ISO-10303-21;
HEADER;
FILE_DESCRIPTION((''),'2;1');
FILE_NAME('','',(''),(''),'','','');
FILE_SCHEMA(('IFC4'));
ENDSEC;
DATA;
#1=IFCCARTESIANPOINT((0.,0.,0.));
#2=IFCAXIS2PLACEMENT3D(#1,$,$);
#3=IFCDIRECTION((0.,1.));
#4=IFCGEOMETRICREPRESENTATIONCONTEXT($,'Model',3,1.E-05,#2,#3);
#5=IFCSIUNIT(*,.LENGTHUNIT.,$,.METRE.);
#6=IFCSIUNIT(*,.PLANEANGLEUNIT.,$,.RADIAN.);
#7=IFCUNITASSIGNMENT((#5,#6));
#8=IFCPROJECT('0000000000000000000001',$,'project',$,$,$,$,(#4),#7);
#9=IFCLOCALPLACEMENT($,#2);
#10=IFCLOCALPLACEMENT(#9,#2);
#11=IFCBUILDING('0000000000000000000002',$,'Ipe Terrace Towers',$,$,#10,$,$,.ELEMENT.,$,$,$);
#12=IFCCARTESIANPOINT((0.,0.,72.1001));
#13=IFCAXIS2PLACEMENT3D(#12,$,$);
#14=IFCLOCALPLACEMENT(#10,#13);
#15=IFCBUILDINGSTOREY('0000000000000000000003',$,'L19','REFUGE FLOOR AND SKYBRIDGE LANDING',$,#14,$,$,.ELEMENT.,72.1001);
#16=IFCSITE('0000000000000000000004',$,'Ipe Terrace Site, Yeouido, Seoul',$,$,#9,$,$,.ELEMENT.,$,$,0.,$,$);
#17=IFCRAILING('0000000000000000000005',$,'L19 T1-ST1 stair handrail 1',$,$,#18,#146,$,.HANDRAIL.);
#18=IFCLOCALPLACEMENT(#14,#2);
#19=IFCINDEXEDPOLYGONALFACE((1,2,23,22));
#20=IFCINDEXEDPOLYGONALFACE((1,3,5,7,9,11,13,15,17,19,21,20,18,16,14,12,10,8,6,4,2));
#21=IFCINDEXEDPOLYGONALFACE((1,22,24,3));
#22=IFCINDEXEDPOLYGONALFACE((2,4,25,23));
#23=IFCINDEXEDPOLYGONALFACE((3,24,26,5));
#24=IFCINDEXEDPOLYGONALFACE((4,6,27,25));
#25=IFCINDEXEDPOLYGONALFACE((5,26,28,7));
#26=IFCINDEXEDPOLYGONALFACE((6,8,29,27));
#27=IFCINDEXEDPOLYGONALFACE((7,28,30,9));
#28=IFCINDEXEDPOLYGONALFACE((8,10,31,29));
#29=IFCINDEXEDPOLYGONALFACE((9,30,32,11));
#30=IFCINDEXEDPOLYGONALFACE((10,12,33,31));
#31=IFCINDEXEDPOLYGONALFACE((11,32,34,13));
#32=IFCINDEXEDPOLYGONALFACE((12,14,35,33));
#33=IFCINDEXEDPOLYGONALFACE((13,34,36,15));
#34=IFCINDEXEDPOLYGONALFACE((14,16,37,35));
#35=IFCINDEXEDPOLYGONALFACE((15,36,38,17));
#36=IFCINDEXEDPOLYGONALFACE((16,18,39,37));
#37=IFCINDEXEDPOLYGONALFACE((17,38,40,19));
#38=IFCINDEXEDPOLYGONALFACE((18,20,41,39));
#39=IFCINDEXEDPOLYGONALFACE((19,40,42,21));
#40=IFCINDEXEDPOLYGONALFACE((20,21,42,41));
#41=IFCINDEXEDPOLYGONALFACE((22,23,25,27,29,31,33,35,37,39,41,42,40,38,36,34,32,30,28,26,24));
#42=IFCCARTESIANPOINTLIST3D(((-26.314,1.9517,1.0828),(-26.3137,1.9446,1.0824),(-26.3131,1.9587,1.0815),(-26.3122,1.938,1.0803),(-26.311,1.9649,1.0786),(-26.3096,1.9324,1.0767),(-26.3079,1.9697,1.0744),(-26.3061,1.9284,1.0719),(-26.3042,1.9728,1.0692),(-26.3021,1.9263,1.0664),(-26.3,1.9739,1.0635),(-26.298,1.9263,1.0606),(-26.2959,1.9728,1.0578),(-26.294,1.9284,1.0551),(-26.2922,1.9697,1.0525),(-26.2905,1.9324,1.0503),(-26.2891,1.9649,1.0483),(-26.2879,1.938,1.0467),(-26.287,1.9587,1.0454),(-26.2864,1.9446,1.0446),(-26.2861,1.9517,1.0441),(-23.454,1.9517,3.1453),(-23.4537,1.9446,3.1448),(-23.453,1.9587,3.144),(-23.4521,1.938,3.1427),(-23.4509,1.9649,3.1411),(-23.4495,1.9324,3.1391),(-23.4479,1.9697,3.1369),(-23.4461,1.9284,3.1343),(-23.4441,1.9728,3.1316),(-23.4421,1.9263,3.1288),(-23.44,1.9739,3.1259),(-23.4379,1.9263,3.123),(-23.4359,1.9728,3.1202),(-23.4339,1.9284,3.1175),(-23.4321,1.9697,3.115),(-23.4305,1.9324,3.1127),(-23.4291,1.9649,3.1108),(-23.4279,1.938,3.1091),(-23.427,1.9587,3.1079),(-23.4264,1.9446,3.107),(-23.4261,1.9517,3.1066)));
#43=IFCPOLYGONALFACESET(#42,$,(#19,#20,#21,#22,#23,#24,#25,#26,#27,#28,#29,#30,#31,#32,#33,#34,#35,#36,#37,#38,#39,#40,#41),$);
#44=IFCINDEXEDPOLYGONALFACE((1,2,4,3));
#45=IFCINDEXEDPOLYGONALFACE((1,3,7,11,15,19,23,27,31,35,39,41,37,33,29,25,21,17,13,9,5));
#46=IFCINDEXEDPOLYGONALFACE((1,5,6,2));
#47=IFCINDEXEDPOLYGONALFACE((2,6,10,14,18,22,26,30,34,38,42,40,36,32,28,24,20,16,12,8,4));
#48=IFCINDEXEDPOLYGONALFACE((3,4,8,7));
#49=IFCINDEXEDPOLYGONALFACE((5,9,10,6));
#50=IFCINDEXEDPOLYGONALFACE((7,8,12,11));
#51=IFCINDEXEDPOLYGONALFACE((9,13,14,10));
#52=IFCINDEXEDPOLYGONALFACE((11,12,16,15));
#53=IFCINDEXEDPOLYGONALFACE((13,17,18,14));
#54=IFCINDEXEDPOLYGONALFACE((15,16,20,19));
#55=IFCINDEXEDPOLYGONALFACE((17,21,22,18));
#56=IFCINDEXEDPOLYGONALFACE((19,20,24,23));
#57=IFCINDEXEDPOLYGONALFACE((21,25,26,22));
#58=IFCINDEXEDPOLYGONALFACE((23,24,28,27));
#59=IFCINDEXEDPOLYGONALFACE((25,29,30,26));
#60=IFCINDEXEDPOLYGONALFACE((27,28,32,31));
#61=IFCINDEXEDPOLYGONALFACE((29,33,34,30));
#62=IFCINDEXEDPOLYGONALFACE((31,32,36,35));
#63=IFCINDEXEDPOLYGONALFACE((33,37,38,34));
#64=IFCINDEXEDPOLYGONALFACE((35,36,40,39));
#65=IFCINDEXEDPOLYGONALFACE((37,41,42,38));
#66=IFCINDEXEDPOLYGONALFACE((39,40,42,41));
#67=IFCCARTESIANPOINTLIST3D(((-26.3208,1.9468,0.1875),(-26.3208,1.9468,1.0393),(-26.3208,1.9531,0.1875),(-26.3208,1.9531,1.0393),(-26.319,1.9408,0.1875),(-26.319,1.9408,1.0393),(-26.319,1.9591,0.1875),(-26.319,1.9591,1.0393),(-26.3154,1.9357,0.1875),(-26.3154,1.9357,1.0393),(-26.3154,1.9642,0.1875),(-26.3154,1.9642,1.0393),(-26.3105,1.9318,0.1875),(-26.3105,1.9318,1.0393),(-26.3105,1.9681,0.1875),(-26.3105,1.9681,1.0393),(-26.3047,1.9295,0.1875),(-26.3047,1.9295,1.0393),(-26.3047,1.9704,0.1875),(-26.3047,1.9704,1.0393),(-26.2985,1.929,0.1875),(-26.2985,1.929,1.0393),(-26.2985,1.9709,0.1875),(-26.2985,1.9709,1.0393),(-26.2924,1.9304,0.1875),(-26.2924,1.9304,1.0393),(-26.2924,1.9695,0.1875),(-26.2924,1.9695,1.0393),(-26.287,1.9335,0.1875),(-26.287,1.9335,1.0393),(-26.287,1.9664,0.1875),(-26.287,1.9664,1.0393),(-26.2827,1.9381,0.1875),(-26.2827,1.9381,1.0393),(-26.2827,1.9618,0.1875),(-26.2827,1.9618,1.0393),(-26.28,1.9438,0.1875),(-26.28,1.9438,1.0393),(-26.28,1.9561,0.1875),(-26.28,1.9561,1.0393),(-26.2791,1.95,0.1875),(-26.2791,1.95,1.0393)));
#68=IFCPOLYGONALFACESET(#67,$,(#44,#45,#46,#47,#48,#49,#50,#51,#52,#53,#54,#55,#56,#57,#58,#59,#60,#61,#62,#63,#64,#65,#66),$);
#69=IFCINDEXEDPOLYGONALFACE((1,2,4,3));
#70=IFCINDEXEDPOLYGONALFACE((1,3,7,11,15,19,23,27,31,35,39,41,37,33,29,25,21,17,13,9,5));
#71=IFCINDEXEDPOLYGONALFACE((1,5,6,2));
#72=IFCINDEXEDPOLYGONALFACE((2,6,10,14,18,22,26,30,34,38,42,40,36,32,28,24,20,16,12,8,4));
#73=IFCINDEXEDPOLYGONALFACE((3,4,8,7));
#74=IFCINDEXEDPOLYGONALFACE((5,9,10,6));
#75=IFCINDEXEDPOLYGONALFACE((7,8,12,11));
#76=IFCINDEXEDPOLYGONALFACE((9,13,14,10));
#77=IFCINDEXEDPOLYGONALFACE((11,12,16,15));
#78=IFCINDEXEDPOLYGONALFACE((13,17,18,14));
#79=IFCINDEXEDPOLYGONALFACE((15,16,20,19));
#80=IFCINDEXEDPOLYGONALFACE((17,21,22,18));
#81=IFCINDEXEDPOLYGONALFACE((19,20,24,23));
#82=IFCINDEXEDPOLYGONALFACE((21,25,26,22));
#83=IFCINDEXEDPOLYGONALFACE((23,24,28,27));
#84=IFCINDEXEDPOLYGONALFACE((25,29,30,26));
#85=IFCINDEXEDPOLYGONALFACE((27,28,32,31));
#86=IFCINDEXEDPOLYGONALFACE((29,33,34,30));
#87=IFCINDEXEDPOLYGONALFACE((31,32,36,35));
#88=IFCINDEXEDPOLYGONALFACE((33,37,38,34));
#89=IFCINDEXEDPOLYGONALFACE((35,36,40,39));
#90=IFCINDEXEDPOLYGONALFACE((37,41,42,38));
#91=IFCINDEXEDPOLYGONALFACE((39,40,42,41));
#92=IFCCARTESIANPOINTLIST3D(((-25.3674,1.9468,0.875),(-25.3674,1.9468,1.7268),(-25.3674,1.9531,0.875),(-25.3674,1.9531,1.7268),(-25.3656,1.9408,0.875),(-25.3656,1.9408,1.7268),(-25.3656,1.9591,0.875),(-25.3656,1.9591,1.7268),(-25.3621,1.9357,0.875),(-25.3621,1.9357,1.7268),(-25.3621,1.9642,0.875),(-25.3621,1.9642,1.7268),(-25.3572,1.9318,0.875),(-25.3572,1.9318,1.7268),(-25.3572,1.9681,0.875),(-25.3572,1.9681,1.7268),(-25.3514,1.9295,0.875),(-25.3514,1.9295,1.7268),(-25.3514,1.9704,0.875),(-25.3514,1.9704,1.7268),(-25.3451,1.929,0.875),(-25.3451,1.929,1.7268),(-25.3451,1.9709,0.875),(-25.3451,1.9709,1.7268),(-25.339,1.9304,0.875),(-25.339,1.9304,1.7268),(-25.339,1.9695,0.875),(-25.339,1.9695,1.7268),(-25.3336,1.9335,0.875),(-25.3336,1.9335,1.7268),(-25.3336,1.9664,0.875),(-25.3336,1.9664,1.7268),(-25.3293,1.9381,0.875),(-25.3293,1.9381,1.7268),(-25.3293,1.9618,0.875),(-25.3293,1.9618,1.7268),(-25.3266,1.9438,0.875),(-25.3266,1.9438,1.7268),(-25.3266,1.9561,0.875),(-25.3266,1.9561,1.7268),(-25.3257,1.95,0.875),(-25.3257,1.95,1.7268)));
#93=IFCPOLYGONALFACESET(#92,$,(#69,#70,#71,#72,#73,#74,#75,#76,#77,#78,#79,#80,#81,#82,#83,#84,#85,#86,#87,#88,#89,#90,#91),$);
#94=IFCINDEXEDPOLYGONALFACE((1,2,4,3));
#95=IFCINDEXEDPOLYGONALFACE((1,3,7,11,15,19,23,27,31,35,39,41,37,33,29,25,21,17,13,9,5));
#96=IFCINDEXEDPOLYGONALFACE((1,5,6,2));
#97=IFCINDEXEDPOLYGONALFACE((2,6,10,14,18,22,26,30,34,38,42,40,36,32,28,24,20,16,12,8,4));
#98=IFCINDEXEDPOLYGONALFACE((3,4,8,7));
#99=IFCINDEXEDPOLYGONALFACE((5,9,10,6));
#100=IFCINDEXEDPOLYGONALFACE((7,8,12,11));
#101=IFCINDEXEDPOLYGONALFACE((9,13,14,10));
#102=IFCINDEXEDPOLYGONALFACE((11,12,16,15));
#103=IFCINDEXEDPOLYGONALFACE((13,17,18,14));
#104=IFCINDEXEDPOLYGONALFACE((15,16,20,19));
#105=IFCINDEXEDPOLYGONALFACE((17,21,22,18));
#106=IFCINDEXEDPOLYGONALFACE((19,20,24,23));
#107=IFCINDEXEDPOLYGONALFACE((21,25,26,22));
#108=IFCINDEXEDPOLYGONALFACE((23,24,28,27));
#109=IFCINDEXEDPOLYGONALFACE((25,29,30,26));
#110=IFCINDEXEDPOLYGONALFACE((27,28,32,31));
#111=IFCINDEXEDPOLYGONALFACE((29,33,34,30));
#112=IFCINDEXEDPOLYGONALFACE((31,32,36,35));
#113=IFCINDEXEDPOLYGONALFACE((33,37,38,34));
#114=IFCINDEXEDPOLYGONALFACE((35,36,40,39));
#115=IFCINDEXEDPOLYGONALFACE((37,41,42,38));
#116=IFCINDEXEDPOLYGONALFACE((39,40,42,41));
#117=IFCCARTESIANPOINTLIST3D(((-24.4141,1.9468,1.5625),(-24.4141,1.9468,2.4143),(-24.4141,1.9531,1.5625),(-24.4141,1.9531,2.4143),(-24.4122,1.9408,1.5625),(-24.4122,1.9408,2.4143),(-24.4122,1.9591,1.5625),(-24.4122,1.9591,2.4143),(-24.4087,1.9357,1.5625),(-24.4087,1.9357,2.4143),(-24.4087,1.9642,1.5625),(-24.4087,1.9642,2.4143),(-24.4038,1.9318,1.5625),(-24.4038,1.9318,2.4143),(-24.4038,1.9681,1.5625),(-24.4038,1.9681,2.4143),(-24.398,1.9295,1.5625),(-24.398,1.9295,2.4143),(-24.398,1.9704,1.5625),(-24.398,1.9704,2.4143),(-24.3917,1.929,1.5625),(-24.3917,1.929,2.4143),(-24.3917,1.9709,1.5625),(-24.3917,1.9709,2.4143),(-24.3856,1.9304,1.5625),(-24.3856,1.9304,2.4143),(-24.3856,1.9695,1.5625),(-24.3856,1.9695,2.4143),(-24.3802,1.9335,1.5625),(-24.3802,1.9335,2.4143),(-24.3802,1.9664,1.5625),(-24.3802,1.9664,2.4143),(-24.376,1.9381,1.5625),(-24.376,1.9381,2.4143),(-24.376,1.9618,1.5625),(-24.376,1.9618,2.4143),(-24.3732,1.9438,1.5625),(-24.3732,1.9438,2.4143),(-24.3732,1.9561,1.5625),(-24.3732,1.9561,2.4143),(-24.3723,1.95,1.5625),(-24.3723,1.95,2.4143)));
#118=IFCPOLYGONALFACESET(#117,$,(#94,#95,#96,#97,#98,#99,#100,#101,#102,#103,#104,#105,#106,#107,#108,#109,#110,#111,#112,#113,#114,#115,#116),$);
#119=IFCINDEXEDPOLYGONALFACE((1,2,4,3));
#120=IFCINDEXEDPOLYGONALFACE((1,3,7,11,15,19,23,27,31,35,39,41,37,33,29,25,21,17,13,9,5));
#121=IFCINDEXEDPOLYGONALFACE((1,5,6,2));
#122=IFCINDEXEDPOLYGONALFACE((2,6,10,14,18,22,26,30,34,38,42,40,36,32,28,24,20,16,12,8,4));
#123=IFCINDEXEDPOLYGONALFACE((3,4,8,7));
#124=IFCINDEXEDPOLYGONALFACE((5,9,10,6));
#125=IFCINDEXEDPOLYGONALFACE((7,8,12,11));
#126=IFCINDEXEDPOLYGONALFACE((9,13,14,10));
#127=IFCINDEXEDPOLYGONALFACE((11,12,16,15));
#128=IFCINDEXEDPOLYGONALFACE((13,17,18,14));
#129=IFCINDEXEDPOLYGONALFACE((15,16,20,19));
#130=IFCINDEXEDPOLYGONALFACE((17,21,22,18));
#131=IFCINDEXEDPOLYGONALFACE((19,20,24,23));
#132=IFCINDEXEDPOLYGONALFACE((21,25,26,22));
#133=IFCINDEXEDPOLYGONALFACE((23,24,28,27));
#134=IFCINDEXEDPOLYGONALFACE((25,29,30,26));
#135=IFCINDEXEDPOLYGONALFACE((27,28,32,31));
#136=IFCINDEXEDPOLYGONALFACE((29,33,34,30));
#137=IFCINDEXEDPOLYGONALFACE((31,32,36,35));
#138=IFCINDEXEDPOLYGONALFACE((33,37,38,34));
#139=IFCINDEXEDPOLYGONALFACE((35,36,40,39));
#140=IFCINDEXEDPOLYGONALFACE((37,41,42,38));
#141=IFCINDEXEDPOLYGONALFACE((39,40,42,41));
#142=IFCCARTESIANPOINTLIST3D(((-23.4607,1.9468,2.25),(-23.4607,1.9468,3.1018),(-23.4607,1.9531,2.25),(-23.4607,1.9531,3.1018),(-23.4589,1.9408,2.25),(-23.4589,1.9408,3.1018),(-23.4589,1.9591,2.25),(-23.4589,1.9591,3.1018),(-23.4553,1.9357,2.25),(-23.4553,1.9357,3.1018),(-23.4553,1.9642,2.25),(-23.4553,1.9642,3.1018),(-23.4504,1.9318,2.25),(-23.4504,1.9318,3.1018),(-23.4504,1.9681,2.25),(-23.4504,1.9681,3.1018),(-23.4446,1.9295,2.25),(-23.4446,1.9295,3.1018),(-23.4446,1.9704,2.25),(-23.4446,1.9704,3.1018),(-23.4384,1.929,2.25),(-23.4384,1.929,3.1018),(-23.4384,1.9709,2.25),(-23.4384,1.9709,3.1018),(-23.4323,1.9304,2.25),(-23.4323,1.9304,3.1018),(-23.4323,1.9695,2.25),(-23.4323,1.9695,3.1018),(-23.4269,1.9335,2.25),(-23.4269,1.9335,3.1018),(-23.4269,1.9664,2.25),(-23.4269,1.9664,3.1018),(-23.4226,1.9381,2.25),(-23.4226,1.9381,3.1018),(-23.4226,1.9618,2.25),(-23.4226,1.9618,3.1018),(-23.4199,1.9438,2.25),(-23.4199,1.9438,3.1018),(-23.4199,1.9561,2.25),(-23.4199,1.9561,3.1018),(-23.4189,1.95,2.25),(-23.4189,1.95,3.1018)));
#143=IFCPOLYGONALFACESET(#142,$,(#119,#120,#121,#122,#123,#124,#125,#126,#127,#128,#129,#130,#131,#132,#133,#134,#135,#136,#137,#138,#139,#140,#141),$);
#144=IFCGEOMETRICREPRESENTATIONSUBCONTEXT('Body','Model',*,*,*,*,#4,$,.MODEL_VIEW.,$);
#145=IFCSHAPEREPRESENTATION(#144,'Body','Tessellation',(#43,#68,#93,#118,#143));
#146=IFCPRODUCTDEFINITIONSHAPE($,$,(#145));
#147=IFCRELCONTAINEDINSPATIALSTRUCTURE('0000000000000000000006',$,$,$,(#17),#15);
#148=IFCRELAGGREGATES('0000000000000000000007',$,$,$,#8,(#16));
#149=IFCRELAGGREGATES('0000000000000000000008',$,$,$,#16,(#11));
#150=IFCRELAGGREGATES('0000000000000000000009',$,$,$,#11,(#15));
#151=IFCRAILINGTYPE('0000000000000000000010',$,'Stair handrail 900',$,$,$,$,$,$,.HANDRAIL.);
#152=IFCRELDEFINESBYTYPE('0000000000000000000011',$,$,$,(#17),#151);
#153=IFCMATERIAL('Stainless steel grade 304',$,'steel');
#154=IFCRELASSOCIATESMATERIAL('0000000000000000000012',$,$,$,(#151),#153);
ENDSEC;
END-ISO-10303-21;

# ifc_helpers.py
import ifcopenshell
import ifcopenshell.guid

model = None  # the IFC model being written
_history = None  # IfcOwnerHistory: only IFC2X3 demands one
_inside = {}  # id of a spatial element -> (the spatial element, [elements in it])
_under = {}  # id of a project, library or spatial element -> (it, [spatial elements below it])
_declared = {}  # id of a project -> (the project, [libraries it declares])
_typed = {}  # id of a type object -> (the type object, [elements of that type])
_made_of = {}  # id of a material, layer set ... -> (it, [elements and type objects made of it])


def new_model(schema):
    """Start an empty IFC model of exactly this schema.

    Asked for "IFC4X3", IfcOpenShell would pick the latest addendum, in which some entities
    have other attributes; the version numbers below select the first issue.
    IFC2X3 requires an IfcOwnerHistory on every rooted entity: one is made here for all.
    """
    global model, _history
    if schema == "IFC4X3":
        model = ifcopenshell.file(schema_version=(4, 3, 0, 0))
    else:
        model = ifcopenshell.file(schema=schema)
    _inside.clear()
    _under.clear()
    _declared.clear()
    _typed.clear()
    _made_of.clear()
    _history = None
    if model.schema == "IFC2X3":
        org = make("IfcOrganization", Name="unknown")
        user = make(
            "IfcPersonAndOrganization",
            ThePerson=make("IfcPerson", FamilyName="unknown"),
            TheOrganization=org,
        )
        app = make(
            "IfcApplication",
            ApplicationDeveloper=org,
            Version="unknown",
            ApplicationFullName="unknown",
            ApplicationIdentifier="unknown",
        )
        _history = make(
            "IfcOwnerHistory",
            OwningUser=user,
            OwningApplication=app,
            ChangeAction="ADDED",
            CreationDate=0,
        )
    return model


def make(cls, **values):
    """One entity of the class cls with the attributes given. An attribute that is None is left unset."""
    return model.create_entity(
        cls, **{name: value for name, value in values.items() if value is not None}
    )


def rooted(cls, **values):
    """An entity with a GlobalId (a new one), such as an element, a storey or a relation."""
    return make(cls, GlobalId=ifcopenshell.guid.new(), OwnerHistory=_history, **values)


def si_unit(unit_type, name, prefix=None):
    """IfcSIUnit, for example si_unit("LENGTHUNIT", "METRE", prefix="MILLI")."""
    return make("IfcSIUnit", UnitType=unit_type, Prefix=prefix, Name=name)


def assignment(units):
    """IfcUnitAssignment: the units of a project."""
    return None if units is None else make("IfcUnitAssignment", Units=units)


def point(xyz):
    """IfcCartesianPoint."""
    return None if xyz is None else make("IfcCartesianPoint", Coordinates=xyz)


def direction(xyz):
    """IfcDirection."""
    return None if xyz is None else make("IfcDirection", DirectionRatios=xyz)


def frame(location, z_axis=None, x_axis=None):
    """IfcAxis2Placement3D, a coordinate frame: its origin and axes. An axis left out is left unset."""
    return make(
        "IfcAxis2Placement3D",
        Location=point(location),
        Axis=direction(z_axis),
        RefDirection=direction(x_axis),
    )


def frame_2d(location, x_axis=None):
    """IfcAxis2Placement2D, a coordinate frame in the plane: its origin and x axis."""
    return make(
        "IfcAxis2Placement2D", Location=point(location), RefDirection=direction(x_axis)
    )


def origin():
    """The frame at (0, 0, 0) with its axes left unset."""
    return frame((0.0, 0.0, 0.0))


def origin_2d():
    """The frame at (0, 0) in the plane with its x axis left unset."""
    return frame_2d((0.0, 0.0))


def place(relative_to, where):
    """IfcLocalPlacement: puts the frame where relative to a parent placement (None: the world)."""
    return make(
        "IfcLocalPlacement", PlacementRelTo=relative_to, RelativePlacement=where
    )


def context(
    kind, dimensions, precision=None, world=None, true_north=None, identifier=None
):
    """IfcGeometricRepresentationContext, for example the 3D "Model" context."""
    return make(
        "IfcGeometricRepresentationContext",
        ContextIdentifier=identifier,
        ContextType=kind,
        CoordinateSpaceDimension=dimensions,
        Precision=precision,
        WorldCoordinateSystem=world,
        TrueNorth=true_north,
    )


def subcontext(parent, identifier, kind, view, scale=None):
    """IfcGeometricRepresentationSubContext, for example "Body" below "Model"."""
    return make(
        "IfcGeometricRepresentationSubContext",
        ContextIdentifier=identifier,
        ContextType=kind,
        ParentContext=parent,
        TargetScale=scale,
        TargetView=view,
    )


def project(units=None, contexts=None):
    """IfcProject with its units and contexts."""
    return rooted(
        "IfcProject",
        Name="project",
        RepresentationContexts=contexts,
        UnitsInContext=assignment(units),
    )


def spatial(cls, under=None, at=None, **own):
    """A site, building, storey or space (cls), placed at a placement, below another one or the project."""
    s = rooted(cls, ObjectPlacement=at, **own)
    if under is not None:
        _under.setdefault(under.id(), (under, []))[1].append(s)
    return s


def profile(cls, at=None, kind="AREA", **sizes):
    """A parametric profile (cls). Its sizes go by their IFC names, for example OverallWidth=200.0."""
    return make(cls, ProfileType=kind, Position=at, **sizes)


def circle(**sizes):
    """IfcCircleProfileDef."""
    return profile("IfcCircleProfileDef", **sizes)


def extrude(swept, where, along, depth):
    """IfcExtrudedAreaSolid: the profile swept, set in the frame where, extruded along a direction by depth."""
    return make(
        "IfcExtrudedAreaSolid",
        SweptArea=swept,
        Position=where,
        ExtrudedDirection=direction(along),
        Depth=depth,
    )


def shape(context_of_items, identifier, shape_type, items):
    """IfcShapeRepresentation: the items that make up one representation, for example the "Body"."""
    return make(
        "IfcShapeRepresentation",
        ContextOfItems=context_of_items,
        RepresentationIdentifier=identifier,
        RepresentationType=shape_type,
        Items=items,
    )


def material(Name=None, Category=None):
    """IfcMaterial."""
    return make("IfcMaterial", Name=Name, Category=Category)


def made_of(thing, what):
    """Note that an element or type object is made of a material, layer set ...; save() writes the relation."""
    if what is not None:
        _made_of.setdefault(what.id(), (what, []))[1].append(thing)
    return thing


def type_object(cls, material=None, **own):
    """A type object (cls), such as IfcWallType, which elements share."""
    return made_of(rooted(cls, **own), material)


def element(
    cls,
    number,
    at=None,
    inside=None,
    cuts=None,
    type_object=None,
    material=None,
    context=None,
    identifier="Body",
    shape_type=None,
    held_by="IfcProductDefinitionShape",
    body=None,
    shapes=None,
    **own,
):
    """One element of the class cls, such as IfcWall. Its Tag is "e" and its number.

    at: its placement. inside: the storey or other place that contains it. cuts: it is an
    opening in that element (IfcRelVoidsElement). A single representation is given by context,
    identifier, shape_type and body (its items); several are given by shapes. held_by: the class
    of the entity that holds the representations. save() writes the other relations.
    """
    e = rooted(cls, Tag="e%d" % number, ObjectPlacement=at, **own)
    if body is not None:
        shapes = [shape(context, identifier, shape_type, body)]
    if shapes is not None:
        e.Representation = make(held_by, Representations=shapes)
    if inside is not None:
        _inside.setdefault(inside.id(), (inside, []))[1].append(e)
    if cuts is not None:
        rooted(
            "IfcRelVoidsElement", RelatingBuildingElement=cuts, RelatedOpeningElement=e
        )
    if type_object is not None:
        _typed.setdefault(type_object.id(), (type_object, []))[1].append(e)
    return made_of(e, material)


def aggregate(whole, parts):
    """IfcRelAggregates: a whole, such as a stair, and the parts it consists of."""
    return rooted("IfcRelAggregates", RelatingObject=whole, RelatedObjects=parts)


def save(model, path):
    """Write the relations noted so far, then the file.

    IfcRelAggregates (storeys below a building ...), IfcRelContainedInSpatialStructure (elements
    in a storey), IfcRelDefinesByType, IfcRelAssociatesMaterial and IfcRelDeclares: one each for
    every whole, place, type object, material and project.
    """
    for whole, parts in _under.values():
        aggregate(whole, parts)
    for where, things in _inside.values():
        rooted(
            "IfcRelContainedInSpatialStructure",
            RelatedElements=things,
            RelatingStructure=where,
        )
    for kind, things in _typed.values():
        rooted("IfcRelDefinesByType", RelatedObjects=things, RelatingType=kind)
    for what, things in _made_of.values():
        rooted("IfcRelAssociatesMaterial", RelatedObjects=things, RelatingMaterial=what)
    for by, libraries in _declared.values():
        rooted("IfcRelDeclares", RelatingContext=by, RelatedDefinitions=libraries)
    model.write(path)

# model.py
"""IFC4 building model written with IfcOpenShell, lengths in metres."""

from ifc_helpers import new_model, si_unit, direction, frame, origin, origin_2d, place, context, subcontext, project, spatial, circle, extrude, material, type_object, element, save


model = new_model("IFC4")

# Units and contexts
model_context = context("Model", 3, precision=1e-05, world=origin(), true_north=direction((0.0, 1.0)))
body_context = subcontext(model_context, "Body", "Model", "MODEL_VIEW")
ifc_project = project(units=[si_unit("LENGTHUNIT", "METRE"), si_unit("PLANEANGLEUNIT", "RADIAN")], contexts=[model_context])

# Site, building, storey
site_placement = place(None, origin())
site = spatial("IfcSite", under=ifc_project, at=site_placement, Name="Ipe Terrace Site, Yeouido, Seoul", CompositionType="ELEMENT", RefElevation=0.0)
building_placement = place(site_placement, origin())
building = spatial("IfcBuilding", under=site, at=building_placement, Name="Ipe Terrace Towers", CompositionType="ELEMENT")
storey_placement = place(building_placement, frame((0.0, 0.0, 72.1001)))
storey = spatial("IfcBuildingStorey", under=building, at=storey_placement, Name="L19", Description="REFUGE FLOOR AND SKYBRIDGE LANDING", CompositionType="ELEMENT", Elevation=72.1001)

# Railing
ifc_material_1 = material(Name="Stainless steel grade 304", Category="steel")
railing_type_1 = type_object("IfcRailingType", Name="Stair handrail 900", PredefinedType="HANDRAIL", material=ifc_material_1)
railing_1_placement = place(storey_placement, frame((-26.3, 1.95, 0.1875)))
element("IfcRailing", 1, at=railing_1_placement, inside=storey, type_object=railing_type_1, Name="L19 T1-ST1 stair handrail 1", PredefinedType="HANDRAIL", context=body_context, shape_type="SweptSolid", body=[
    extrude(circle(Radius=0.0239, at=origin_2d()), frame((0.0, 0.0, 0.876), z_axis=(0.811101, 0.0, 0.584906), x_axis=(0.0, 1.0, 0.0)), (0.0, 0.0, 1.0), 3.5261),
    extrude(circle(Radius=0.021, at=origin_2d()), origin(), (0.0, 0.0, 1.0), 0.8518),
    extrude(circle(Radius=0.021, at=origin_2d()), frame((0.9534, 0.0, 0.6875)), (0.0, 0.0, 1.0), 0.8518),
    extrude(circle(Radius=0.021, at=origin_2d()), frame((1.9067, 0.0, 1.375)), (0.0, 0.0, 1.0), 0.8518),
    extrude(circle(Radius=0.021, at=origin_2d()), frame((2.8601, 0.0, 2.0625)), (0.0, 0.0, 1.0), 0.8518),
])

save(model, "model.ifc")
